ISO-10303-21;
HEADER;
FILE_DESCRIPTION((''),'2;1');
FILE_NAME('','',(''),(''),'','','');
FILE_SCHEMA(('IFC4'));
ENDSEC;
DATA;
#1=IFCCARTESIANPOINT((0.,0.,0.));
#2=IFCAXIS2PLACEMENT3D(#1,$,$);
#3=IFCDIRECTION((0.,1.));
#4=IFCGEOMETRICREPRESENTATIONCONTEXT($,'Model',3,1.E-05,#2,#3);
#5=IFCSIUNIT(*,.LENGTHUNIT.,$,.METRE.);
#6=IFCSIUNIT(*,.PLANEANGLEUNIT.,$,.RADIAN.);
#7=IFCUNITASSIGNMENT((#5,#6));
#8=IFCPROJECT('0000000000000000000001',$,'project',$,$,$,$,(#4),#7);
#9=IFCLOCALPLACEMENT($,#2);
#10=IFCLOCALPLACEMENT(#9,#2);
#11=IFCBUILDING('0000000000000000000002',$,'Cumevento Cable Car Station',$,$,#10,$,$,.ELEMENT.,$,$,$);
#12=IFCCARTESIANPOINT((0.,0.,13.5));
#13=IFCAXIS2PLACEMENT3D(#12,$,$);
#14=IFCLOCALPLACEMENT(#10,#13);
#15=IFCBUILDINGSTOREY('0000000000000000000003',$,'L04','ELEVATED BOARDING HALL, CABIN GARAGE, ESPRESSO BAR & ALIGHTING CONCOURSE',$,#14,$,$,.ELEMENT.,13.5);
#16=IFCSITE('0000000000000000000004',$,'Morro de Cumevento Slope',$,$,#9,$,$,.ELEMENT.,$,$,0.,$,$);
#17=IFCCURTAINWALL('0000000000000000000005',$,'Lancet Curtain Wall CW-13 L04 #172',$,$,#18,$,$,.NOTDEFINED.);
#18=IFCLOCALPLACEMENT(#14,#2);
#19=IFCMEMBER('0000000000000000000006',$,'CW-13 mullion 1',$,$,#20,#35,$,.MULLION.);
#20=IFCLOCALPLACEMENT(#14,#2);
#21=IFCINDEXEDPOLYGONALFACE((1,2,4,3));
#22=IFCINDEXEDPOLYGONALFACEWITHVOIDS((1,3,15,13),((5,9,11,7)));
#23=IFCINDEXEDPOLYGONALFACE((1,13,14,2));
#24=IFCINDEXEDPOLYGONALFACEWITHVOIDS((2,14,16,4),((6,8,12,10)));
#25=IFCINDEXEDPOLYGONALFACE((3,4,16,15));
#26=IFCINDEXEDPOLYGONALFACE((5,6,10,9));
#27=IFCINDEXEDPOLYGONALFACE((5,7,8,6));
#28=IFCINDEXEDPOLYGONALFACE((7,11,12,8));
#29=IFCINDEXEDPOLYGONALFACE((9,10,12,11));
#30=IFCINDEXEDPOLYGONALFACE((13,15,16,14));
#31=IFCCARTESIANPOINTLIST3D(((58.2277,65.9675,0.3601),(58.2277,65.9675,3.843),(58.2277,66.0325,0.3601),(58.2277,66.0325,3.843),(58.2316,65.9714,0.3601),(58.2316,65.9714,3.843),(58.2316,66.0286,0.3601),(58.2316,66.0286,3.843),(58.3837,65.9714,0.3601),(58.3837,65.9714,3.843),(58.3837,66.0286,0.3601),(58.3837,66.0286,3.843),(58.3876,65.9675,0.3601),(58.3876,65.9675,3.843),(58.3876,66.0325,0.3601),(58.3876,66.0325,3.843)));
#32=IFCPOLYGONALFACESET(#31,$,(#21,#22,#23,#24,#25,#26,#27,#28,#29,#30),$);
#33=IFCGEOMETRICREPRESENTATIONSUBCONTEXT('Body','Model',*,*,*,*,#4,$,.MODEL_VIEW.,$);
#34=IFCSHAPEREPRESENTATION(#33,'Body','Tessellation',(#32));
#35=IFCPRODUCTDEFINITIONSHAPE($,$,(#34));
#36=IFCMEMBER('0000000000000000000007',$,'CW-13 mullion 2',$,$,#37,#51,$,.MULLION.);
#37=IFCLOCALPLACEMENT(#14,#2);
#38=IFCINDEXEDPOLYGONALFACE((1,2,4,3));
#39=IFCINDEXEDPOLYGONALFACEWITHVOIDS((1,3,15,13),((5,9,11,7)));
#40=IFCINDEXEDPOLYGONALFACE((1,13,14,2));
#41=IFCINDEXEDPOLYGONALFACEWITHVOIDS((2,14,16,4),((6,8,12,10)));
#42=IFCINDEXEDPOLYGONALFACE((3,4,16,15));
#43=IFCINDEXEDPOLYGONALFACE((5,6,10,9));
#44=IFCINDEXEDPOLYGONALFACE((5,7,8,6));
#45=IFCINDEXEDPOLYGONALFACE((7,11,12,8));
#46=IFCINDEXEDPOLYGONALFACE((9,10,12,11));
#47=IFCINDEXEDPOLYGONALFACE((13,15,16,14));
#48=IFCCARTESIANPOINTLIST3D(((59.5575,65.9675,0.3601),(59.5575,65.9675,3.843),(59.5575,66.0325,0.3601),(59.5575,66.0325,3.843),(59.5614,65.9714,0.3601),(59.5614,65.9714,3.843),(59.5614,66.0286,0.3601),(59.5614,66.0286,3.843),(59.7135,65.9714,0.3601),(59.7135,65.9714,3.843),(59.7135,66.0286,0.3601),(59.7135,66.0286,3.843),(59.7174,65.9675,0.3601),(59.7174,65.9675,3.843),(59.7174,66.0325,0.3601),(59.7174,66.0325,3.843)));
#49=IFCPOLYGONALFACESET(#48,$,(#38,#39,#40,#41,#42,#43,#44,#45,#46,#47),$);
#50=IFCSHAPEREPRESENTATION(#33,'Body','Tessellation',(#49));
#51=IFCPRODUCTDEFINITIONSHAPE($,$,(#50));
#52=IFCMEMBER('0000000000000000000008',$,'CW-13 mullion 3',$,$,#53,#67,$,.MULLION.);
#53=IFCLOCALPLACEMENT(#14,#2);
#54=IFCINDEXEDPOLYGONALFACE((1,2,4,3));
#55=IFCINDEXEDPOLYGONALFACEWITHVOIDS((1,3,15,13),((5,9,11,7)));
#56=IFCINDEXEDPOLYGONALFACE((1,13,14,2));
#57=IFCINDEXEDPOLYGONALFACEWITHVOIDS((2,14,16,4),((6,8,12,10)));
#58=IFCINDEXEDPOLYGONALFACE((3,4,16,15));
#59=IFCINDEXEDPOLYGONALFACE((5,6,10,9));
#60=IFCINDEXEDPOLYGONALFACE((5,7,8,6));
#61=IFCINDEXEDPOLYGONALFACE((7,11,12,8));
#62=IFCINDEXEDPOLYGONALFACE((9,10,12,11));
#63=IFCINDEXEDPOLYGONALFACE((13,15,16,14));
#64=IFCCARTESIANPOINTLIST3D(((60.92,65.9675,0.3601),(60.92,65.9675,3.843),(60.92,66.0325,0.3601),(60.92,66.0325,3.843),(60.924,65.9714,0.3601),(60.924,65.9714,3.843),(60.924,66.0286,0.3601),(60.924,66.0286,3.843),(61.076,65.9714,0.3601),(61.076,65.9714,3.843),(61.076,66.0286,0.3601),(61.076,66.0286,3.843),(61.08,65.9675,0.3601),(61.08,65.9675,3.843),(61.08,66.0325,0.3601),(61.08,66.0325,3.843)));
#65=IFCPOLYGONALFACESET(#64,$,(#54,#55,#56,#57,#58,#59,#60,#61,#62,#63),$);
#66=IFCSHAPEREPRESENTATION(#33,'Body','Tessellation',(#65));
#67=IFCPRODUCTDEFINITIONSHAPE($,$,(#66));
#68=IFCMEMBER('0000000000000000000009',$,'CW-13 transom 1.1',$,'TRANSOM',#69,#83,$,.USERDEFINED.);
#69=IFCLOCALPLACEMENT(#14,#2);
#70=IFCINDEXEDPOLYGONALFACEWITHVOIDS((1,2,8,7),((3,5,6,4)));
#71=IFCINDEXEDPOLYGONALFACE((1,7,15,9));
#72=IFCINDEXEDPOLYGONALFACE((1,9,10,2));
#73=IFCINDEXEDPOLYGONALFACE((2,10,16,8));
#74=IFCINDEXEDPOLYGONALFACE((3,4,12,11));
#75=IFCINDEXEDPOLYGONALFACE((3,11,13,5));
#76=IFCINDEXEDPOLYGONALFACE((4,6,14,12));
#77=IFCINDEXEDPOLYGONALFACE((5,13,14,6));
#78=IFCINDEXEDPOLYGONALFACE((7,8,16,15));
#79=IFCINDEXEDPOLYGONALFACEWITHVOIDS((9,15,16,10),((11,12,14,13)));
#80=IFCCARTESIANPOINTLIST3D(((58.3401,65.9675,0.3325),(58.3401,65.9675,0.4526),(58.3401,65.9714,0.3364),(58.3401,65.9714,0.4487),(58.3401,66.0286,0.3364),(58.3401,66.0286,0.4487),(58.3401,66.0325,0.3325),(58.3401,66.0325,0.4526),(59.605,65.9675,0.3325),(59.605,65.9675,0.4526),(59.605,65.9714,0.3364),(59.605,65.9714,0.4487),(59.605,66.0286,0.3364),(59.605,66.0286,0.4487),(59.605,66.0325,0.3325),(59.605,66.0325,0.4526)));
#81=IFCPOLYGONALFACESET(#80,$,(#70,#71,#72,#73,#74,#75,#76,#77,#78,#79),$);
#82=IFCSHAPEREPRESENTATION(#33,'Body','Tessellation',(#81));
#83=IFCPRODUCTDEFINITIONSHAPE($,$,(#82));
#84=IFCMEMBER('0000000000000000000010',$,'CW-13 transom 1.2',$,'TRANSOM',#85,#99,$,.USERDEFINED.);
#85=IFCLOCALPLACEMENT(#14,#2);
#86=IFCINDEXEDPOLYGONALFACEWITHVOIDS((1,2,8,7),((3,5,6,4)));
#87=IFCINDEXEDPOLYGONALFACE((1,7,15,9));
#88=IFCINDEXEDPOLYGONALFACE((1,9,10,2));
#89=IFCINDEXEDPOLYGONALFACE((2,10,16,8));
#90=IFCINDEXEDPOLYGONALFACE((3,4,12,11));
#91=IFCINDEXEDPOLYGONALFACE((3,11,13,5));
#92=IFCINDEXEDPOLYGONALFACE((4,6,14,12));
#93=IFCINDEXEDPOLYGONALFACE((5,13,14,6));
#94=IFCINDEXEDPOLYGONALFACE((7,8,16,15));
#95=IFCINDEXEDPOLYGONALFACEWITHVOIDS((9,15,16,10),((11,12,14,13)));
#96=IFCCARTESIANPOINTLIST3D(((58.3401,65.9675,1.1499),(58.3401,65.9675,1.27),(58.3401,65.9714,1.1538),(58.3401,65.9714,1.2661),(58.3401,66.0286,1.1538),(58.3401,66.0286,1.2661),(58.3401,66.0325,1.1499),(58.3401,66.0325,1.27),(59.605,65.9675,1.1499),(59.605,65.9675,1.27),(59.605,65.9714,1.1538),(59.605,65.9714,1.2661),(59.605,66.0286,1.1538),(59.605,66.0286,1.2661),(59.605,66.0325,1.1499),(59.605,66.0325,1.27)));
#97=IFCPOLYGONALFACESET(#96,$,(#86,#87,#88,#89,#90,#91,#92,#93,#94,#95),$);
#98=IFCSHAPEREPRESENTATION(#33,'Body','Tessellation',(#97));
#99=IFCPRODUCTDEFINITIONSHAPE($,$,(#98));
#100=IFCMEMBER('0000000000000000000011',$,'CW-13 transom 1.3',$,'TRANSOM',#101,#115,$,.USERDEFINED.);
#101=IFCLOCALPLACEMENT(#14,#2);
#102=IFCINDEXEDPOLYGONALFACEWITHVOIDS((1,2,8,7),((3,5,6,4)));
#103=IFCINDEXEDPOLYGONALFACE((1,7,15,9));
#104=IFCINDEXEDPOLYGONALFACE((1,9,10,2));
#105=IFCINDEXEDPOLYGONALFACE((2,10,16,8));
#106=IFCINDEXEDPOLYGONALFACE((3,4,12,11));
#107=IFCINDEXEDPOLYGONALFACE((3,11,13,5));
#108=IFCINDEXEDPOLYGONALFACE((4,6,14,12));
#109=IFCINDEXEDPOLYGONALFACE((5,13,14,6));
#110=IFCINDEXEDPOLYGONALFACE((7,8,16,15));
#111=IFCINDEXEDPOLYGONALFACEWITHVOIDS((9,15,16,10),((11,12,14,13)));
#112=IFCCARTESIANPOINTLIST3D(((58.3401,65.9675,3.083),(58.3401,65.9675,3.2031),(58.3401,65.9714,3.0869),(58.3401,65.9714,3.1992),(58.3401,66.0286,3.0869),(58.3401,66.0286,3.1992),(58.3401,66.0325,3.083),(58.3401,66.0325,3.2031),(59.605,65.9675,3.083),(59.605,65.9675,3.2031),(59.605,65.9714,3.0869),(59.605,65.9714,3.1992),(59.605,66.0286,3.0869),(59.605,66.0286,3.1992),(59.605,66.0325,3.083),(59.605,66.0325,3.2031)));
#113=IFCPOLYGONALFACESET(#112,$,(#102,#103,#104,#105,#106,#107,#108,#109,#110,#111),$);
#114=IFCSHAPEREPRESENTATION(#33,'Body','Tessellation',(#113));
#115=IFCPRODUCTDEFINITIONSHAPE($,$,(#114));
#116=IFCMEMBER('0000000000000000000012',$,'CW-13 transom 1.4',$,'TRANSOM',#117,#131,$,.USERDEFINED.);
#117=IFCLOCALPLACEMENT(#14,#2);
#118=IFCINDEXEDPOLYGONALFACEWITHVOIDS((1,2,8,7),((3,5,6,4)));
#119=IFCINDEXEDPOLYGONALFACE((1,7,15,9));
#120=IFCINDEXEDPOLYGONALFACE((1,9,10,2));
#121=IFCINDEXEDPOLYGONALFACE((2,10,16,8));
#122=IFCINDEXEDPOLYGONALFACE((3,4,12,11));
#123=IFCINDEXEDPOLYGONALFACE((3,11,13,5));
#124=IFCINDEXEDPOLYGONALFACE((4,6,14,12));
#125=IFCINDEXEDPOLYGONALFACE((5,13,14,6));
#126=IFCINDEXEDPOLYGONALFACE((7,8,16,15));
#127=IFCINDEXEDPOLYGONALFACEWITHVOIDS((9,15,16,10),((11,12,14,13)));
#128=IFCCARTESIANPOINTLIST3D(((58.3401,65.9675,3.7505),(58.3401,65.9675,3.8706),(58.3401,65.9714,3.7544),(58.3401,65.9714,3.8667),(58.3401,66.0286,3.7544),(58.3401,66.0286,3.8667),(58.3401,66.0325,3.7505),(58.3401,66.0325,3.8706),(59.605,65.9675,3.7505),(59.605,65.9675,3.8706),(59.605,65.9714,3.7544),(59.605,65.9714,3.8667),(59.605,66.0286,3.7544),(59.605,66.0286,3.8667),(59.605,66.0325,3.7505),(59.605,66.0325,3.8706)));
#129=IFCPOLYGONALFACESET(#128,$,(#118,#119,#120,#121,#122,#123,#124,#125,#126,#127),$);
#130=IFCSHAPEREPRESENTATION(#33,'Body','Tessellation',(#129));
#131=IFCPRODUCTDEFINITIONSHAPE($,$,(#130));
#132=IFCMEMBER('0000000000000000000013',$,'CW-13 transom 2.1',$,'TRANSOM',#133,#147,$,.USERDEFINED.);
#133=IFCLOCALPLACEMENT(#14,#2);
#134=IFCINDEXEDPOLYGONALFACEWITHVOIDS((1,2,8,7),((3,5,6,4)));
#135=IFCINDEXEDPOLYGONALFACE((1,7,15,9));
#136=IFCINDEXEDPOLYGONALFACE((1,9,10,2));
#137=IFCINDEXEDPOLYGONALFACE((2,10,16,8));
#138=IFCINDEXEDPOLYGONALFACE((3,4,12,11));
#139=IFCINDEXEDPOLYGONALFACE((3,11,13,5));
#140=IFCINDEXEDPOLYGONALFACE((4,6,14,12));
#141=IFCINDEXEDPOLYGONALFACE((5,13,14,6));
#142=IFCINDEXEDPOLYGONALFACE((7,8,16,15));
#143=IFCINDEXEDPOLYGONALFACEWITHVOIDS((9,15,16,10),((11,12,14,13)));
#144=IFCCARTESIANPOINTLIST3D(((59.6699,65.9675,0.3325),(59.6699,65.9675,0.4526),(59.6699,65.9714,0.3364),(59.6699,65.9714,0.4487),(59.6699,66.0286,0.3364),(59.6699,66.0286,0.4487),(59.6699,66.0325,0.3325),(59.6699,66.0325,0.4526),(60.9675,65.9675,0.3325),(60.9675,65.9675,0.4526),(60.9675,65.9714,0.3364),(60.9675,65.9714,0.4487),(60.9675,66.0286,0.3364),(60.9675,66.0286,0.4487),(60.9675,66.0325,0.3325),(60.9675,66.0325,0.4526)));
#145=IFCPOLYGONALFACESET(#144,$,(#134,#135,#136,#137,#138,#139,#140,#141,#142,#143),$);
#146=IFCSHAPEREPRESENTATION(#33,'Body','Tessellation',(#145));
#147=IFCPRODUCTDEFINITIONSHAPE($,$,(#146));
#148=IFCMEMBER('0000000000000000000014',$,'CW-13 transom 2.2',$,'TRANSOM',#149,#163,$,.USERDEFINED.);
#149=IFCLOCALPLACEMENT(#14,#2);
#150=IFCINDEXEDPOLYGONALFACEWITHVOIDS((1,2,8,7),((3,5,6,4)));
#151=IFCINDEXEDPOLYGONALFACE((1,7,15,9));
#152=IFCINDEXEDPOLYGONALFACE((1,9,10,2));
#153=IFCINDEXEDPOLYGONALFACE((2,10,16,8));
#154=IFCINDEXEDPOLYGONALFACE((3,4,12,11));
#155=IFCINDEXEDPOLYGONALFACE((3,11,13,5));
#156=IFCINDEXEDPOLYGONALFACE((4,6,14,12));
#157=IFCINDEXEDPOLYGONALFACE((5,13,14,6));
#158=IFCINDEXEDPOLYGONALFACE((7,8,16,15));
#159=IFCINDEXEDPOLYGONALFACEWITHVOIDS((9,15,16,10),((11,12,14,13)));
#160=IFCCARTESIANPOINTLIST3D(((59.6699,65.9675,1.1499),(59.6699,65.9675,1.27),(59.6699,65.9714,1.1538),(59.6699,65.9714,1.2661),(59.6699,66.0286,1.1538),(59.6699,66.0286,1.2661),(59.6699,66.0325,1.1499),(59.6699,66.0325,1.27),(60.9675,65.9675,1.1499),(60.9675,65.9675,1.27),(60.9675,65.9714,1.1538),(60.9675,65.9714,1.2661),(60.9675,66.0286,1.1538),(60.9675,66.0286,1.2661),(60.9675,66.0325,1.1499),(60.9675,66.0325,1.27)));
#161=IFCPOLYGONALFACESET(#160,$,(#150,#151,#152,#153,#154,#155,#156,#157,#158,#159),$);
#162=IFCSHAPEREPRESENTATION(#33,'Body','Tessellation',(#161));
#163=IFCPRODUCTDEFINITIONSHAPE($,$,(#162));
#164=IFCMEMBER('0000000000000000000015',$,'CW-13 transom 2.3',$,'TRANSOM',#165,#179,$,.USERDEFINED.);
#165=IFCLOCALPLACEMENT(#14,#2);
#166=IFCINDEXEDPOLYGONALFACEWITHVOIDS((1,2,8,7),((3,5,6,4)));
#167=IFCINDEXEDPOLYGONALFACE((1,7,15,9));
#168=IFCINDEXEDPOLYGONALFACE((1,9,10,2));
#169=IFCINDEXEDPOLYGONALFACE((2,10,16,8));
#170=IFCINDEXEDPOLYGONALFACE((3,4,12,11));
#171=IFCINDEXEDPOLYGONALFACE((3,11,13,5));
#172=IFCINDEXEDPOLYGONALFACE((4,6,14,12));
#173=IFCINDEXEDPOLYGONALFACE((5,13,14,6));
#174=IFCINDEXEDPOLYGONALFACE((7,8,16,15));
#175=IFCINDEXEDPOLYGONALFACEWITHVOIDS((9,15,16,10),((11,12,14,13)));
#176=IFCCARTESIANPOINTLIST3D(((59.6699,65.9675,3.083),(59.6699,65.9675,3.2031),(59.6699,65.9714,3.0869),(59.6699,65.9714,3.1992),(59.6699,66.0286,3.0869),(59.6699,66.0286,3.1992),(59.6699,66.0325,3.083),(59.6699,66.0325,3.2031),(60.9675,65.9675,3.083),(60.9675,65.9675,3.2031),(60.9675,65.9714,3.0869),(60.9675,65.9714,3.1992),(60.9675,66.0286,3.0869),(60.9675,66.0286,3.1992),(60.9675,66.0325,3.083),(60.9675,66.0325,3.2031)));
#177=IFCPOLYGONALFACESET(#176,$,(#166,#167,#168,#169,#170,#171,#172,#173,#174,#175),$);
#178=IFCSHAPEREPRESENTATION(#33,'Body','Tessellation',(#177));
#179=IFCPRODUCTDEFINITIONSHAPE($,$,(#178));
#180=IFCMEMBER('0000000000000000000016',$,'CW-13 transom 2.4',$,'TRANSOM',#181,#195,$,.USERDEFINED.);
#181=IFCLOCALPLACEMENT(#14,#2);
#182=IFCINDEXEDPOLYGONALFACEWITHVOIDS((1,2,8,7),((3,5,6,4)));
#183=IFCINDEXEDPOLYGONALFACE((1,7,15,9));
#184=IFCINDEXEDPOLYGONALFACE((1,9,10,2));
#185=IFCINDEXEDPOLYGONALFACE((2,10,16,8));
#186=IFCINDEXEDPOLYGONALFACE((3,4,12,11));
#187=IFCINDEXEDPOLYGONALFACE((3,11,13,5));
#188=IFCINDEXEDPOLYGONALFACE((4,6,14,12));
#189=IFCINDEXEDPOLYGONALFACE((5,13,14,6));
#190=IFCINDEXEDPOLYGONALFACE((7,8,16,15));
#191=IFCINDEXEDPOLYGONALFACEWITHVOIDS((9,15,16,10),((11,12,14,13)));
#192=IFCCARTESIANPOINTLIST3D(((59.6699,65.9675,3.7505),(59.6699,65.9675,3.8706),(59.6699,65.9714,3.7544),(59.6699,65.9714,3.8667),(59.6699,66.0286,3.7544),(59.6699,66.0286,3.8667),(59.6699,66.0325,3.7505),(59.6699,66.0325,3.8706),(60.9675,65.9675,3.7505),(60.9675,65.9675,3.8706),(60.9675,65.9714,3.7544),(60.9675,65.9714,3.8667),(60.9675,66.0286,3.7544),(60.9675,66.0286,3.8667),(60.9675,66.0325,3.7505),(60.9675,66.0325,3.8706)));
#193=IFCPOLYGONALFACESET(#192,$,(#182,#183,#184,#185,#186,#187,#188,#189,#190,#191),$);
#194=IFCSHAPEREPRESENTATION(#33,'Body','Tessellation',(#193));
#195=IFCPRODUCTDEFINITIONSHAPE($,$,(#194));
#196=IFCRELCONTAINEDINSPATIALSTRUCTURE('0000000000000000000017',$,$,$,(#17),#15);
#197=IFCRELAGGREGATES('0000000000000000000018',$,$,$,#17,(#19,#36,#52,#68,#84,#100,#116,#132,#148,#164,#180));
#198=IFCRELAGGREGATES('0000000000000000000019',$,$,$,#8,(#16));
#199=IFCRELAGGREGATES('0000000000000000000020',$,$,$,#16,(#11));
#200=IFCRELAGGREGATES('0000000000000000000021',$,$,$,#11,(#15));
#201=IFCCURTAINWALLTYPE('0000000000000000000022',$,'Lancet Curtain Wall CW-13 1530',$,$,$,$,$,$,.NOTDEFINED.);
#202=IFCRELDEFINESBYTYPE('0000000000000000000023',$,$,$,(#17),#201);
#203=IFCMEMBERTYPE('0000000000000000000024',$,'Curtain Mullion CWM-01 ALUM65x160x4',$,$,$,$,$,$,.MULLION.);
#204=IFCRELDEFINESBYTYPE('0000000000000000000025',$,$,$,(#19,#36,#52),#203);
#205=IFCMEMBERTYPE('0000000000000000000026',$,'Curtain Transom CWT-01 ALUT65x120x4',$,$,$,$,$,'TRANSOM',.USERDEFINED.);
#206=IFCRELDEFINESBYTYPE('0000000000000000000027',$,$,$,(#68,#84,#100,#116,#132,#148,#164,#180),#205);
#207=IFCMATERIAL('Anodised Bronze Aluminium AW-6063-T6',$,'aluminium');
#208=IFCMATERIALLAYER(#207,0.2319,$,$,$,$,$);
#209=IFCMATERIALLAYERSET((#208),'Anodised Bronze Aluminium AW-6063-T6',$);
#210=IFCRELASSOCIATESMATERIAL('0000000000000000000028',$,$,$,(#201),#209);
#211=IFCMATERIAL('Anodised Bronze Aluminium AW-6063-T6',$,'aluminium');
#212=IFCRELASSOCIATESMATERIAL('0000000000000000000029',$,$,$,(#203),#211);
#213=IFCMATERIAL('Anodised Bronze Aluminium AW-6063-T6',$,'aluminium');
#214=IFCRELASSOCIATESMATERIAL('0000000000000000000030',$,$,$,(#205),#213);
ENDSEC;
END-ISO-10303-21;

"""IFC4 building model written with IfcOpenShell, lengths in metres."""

from ifc_helpers import new_model, si_unit, direction, frame, origin, origin_2d, place, context, subcontext, project, spatial, hollow_rectangle, extrude, material, layer, layer_set, material_profile, profile_set, type_object, element, aggregate, save


model = new_model("IFC4")

# Units and contexts
model_context = context("Model", 3, precision=1e-05, world=origin(), true_north=direction((0.0, 1.0)))
body_context = subcontext(model_context, "Body", "Model", "MODEL_VIEW")
ifc_project = project(units=[si_unit("LENGTHUNIT", "METRE"), si_unit("PLANEANGLEUNIT", "RADIAN")], contexts=[model_context])

# Site, building, storey
site_placement = place(None, origin())
site = spatial("IfcSite", under=ifc_project, at=site_placement, Name="Morro de Cumevento Slope", CompositionType="ELEMENT", RefElevation=0.0)
building_placement = place(site_placement, origin())
building = spatial("IfcBuilding", under=site, at=building_placement, Name="Cumevento Cable Car Station", CompositionType="ELEMENT")
storey_placement = place(building_placement, frame((0.0, 0.0, 13.5)))
storey = spatial("IfcBuildingStorey", under=building, at=storey_placement, Name="L04", Description="ELEVATED BOARDING HALL, CABIN GARAGE, ESPRESSO BAR & ALIGHTING CONCOURSE", CompositionType="ELEMENT", Elevation=13.5)

# Curtain wall, members
ifc_material_1 = material(Name="Anodised Bronze Aluminium AW-6063-T6", Category="aluminium")
ifc_layer_1 = layer(ifc_material_1, 0.2319)
ifc_layer_set_1 = layer_set([ifc_layer_1], Name="Anodised Bronze Aluminium AW-6063-T6")
curtain_wall_type = type_object("IfcCurtainWallType", Name="Lancet Curtain Wall CW-13 1530", PredefinedType="NOTDEFINED", material=ifc_layer_set_1)
curtain_wall_placement = place(storey_placement, origin())
curtain_wall = element("IfcCurtainWall", 1, at=curtain_wall_placement, inside=storey, type_object=curtain_wall_type, Name="Lancet Curtain Wall CW-13 L04 #172", PredefinedType="NOTDEFINED")
ifc_material_2 = material(Name="Anodised Bronze Aluminium AW-6063-T6", Category="aluminium")
ifc_material_profile_1 = material_profile(ifc_material_2, hollow_rectangle(XDim=0.0649, YDim=0.1599, WallThickness=0.0039, at=origin_2d()), Name="ALUM65x160x4")
ifc_profile_set_1 = profile_set([ifc_material_profile_1], Name="Anodised Bronze Aluminium AW-6063-T6")
member_type_1 = type_object("IfcMemberType", Name="Curtain Mullion CWM-01 ALUM65x160x4", PredefinedType="MULLION", material=ifc_profile_set_1)
member_1_placement = place(storey_placement, frame((58.3076, 66.0, 0.3601), z_axis=(0.0, 0.0, 1.0), x_axis=(0.0, 1.0, 0.0)))
member_1 = element("IfcMember", 2, at=member_1_placement, type_object=member_type_1, Name="CW-13 mullion 1", PredefinedType="MULLION", context=body_context, shape_type="SweptSolid", body=[
    extrude(hollow_rectangle(XDim=0.0649, YDim=0.1599, WallThickness=0.0039, at=origin_2d()), origin(), (0.0, 0.0, 1.0), 3.4829),
])
member_2_placement = place(storey_placement, frame((59.6375, 66.0, 0.3601), z_axis=(0.0, 0.0, 1.0), x_axis=(0.0, 1.0, 0.0)))
member_2 = element("IfcMember", 3, at=member_2_placement, type_object=member_type_1, Name="CW-13 mullion 2", PredefinedType="MULLION", context=body_context, shape_type="SweptSolid", body=[
    extrude(hollow_rectangle(XDim=0.0649, YDim=0.1599, WallThickness=0.0039, at=origin_2d()), origin(), (0.0, 0.0, 1.0), 3.4829),
])
member_3_placement = place(storey_placement, frame((61.0, 66.0, 0.3601), z_axis=(0.0, 0.0, 1.0), x_axis=(0.0, 1.0, 0.0)))
member_3 = element("IfcMember", 4, at=member_3_placement, type_object=member_type_1, Name="CW-13 mullion 3", PredefinedType="MULLION", context=body_context, shape_type="SweptSolid", body=[
    extrude(hollow_rectangle(XDim=0.0649, YDim=0.1599, WallThickness=0.0039, at=origin_2d()), origin(), (0.0, 0.0, 1.0), 3.4829),
])
ifc_material_3 = material(Name="Anodised Bronze Aluminium AW-6063-T6", Category="aluminium")
ifc_material_profile_2 = material_profile(ifc_material_3, hollow_rectangle(XDim=0.0649, YDim=0.1201, WallThickness=0.0039, at=origin_2d()), Name="ALUT65x120x4")
ifc_profile_set_2 = profile_set([ifc_material_profile_2], Name="Anodised Bronze Aluminium AW-6063-T6")
member_type_2 = type_object("IfcMemberType", Name="Curtain Transom CWT-01 ALUT65x120x4", ElementType="TRANSOM", PredefinedType="USERDEFINED", material=ifc_profile_set_2)
member_4_placement = place(storey_placement, frame((58.3401, 66.0, 0.3926), z_axis=(1.0, 0.0, 0.0), x_axis=(0.0, 1.0, 0.0)))
member_4 = element("IfcMember", 5, at=member_4_placement, type_object=member_type_2, Name="CW-13 transom 1.1", ObjectType="TRANSOM", PredefinedType="USERDEFINED", context=body_context, shape_type="SweptSolid", body=[
    extrude(hollow_rectangle(XDim=0.0649, YDim=0.1201, WallThickness=0.0039, at=origin_2d()), origin(), (0.0, 0.0, 1.0), 1.2649),
])
member_5_placement = place(storey_placement, frame((58.3401, 66.0, 1.21), z_axis=(1.0, 0.0, 0.0), x_axis=(0.0, 1.0, 0.0)))
member_5 = element("IfcMember", 6, at=member_5_placement, type_object=member_type_2, Name="CW-13 transom 1.2", ObjectType="TRANSOM", PredefinedType="USERDEFINED", context=body_context, shape_type="SweptSolid", body=[
    extrude(hollow_rectangle(XDim=0.0649, YDim=0.1201, WallThickness=0.0039, at=origin_2d()), origin(), (0.0, 0.0, 1.0), 1.2649),
])
member_6_placement = place(storey_placement, frame((58.3401, 66.0, 3.1431), z_axis=(1.0, 0.0, 0.0), x_axis=(0.0, 1.0, 0.0)))
member_6 = element("IfcMember", 7, at=member_6_placement, type_object=member_type_2, Name="CW-13 transom 1.3", ObjectType="TRANSOM", PredefinedType="USERDEFINED", context=body_context, shape_type="SweptSolid", body=[
    extrude(hollow_rectangle(XDim=0.0649, YDim=0.1201, WallThickness=0.0039, at=origin_2d()), origin(), (0.0, 0.0, 1.0), 1.2649),
])
member_7_placement = place(storey_placement, frame((58.3401, 66.0, 3.8105), z_axis=(1.0, 0.0, 0.0), x_axis=(0.0, 1.0, 0.0)))
member_7 = element("IfcMember", 8, at=member_7_placement, type_object=member_type_2, Name="CW-13 transom 1.4", ObjectType="TRANSOM", PredefinedType="USERDEFINED", context=body_context, shape_type="SweptSolid", body=[
    extrude(hollow_rectangle(XDim=0.0649, YDim=0.1201, WallThickness=0.0039, at=origin_2d()), origin(), (0.0, 0.0, 1.0), 1.2649),
])
member_8_placement = place(storey_placement, frame((59.6699, 66.0, 0.3926), z_axis=(1.0, 0.0, 0.0), x_axis=(0.0, 1.0, 0.0)))
member_8 = element("IfcMember", 9, at=member_8_placement, type_object=member_type_2, Name="CW-13 transom 2.1", ObjectType="TRANSOM", PredefinedType="USERDEFINED", context=body_context, shape_type="SweptSolid", body=[
    extrude(hollow_rectangle(XDim=0.0649, YDim=0.1201, WallThickness=0.0039, at=origin_2d()), origin(), (0.0, 0.0, 1.0), 1.2976),
])
member_9_placement = place(storey_placement, frame((59.6699, 66.0, 1.21), z_axis=(1.0, 0.0, 0.0), x_axis=(0.0, 1.0, 0.0)))
member_9 = element("IfcMember", 10, at=member_9_placement, type_object=member_type_2, Name="CW-13 transom 2.2", ObjectType="TRANSOM", PredefinedType="USERDEFINED", context=body_context, shape_type="SweptSolid", body=[
    extrude(hollow_rectangle(XDim=0.0649, YDim=0.1201, WallThickness=0.0039, at=origin_2d()), origin(), (0.0, 0.0, 1.0), 1.2976),
])
member_10_placement = place(storey_placement, frame((59.6699, 66.0, 3.1431), z_axis=(1.0, 0.0, 0.0), x_axis=(0.0, 1.0, 0.0)))
member_10 = element("IfcMember", 11, at=member_10_placement, type_object=member_type_2, Name="CW-13 transom 2.3", ObjectType="TRANSOM", PredefinedType="USERDEFINED", context=body_context, shape_type="SweptSolid", body=[
    extrude(hollow_rectangle(XDim=0.0649, YDim=0.1201, WallThickness=0.0039, at=origin_2d()), origin(), (0.0, 0.0, 1.0), 1.2976),
])
member_11_placement = place(storey_placement, frame((59.6699, 66.0, 3.8105), z_axis=(1.0, 0.0, 0.0), x_axis=(0.0, 1.0, 0.0)))
member_11 = element("IfcMember", 12, at=member_11_placement, type_object=member_type_2, Name="CW-13 transom 2.4", ObjectType="TRANSOM", PredefinedType="USERDEFINED", context=body_context, shape_type="SweptSolid", body=[
    extrude(hollow_rectangle(XDim=0.0649, YDim=0.1201, WallThickness=0.0039, at=origin_2d()), origin(), (0.0, 0.0, 1.0), 1.2976),
])

aggregate(curtain_wall, [member_1, member_2, member_3, member_4, member_5, member_6, member_7, member_8, member_9, member_10, member_11])

save(model, "model.ifc")
